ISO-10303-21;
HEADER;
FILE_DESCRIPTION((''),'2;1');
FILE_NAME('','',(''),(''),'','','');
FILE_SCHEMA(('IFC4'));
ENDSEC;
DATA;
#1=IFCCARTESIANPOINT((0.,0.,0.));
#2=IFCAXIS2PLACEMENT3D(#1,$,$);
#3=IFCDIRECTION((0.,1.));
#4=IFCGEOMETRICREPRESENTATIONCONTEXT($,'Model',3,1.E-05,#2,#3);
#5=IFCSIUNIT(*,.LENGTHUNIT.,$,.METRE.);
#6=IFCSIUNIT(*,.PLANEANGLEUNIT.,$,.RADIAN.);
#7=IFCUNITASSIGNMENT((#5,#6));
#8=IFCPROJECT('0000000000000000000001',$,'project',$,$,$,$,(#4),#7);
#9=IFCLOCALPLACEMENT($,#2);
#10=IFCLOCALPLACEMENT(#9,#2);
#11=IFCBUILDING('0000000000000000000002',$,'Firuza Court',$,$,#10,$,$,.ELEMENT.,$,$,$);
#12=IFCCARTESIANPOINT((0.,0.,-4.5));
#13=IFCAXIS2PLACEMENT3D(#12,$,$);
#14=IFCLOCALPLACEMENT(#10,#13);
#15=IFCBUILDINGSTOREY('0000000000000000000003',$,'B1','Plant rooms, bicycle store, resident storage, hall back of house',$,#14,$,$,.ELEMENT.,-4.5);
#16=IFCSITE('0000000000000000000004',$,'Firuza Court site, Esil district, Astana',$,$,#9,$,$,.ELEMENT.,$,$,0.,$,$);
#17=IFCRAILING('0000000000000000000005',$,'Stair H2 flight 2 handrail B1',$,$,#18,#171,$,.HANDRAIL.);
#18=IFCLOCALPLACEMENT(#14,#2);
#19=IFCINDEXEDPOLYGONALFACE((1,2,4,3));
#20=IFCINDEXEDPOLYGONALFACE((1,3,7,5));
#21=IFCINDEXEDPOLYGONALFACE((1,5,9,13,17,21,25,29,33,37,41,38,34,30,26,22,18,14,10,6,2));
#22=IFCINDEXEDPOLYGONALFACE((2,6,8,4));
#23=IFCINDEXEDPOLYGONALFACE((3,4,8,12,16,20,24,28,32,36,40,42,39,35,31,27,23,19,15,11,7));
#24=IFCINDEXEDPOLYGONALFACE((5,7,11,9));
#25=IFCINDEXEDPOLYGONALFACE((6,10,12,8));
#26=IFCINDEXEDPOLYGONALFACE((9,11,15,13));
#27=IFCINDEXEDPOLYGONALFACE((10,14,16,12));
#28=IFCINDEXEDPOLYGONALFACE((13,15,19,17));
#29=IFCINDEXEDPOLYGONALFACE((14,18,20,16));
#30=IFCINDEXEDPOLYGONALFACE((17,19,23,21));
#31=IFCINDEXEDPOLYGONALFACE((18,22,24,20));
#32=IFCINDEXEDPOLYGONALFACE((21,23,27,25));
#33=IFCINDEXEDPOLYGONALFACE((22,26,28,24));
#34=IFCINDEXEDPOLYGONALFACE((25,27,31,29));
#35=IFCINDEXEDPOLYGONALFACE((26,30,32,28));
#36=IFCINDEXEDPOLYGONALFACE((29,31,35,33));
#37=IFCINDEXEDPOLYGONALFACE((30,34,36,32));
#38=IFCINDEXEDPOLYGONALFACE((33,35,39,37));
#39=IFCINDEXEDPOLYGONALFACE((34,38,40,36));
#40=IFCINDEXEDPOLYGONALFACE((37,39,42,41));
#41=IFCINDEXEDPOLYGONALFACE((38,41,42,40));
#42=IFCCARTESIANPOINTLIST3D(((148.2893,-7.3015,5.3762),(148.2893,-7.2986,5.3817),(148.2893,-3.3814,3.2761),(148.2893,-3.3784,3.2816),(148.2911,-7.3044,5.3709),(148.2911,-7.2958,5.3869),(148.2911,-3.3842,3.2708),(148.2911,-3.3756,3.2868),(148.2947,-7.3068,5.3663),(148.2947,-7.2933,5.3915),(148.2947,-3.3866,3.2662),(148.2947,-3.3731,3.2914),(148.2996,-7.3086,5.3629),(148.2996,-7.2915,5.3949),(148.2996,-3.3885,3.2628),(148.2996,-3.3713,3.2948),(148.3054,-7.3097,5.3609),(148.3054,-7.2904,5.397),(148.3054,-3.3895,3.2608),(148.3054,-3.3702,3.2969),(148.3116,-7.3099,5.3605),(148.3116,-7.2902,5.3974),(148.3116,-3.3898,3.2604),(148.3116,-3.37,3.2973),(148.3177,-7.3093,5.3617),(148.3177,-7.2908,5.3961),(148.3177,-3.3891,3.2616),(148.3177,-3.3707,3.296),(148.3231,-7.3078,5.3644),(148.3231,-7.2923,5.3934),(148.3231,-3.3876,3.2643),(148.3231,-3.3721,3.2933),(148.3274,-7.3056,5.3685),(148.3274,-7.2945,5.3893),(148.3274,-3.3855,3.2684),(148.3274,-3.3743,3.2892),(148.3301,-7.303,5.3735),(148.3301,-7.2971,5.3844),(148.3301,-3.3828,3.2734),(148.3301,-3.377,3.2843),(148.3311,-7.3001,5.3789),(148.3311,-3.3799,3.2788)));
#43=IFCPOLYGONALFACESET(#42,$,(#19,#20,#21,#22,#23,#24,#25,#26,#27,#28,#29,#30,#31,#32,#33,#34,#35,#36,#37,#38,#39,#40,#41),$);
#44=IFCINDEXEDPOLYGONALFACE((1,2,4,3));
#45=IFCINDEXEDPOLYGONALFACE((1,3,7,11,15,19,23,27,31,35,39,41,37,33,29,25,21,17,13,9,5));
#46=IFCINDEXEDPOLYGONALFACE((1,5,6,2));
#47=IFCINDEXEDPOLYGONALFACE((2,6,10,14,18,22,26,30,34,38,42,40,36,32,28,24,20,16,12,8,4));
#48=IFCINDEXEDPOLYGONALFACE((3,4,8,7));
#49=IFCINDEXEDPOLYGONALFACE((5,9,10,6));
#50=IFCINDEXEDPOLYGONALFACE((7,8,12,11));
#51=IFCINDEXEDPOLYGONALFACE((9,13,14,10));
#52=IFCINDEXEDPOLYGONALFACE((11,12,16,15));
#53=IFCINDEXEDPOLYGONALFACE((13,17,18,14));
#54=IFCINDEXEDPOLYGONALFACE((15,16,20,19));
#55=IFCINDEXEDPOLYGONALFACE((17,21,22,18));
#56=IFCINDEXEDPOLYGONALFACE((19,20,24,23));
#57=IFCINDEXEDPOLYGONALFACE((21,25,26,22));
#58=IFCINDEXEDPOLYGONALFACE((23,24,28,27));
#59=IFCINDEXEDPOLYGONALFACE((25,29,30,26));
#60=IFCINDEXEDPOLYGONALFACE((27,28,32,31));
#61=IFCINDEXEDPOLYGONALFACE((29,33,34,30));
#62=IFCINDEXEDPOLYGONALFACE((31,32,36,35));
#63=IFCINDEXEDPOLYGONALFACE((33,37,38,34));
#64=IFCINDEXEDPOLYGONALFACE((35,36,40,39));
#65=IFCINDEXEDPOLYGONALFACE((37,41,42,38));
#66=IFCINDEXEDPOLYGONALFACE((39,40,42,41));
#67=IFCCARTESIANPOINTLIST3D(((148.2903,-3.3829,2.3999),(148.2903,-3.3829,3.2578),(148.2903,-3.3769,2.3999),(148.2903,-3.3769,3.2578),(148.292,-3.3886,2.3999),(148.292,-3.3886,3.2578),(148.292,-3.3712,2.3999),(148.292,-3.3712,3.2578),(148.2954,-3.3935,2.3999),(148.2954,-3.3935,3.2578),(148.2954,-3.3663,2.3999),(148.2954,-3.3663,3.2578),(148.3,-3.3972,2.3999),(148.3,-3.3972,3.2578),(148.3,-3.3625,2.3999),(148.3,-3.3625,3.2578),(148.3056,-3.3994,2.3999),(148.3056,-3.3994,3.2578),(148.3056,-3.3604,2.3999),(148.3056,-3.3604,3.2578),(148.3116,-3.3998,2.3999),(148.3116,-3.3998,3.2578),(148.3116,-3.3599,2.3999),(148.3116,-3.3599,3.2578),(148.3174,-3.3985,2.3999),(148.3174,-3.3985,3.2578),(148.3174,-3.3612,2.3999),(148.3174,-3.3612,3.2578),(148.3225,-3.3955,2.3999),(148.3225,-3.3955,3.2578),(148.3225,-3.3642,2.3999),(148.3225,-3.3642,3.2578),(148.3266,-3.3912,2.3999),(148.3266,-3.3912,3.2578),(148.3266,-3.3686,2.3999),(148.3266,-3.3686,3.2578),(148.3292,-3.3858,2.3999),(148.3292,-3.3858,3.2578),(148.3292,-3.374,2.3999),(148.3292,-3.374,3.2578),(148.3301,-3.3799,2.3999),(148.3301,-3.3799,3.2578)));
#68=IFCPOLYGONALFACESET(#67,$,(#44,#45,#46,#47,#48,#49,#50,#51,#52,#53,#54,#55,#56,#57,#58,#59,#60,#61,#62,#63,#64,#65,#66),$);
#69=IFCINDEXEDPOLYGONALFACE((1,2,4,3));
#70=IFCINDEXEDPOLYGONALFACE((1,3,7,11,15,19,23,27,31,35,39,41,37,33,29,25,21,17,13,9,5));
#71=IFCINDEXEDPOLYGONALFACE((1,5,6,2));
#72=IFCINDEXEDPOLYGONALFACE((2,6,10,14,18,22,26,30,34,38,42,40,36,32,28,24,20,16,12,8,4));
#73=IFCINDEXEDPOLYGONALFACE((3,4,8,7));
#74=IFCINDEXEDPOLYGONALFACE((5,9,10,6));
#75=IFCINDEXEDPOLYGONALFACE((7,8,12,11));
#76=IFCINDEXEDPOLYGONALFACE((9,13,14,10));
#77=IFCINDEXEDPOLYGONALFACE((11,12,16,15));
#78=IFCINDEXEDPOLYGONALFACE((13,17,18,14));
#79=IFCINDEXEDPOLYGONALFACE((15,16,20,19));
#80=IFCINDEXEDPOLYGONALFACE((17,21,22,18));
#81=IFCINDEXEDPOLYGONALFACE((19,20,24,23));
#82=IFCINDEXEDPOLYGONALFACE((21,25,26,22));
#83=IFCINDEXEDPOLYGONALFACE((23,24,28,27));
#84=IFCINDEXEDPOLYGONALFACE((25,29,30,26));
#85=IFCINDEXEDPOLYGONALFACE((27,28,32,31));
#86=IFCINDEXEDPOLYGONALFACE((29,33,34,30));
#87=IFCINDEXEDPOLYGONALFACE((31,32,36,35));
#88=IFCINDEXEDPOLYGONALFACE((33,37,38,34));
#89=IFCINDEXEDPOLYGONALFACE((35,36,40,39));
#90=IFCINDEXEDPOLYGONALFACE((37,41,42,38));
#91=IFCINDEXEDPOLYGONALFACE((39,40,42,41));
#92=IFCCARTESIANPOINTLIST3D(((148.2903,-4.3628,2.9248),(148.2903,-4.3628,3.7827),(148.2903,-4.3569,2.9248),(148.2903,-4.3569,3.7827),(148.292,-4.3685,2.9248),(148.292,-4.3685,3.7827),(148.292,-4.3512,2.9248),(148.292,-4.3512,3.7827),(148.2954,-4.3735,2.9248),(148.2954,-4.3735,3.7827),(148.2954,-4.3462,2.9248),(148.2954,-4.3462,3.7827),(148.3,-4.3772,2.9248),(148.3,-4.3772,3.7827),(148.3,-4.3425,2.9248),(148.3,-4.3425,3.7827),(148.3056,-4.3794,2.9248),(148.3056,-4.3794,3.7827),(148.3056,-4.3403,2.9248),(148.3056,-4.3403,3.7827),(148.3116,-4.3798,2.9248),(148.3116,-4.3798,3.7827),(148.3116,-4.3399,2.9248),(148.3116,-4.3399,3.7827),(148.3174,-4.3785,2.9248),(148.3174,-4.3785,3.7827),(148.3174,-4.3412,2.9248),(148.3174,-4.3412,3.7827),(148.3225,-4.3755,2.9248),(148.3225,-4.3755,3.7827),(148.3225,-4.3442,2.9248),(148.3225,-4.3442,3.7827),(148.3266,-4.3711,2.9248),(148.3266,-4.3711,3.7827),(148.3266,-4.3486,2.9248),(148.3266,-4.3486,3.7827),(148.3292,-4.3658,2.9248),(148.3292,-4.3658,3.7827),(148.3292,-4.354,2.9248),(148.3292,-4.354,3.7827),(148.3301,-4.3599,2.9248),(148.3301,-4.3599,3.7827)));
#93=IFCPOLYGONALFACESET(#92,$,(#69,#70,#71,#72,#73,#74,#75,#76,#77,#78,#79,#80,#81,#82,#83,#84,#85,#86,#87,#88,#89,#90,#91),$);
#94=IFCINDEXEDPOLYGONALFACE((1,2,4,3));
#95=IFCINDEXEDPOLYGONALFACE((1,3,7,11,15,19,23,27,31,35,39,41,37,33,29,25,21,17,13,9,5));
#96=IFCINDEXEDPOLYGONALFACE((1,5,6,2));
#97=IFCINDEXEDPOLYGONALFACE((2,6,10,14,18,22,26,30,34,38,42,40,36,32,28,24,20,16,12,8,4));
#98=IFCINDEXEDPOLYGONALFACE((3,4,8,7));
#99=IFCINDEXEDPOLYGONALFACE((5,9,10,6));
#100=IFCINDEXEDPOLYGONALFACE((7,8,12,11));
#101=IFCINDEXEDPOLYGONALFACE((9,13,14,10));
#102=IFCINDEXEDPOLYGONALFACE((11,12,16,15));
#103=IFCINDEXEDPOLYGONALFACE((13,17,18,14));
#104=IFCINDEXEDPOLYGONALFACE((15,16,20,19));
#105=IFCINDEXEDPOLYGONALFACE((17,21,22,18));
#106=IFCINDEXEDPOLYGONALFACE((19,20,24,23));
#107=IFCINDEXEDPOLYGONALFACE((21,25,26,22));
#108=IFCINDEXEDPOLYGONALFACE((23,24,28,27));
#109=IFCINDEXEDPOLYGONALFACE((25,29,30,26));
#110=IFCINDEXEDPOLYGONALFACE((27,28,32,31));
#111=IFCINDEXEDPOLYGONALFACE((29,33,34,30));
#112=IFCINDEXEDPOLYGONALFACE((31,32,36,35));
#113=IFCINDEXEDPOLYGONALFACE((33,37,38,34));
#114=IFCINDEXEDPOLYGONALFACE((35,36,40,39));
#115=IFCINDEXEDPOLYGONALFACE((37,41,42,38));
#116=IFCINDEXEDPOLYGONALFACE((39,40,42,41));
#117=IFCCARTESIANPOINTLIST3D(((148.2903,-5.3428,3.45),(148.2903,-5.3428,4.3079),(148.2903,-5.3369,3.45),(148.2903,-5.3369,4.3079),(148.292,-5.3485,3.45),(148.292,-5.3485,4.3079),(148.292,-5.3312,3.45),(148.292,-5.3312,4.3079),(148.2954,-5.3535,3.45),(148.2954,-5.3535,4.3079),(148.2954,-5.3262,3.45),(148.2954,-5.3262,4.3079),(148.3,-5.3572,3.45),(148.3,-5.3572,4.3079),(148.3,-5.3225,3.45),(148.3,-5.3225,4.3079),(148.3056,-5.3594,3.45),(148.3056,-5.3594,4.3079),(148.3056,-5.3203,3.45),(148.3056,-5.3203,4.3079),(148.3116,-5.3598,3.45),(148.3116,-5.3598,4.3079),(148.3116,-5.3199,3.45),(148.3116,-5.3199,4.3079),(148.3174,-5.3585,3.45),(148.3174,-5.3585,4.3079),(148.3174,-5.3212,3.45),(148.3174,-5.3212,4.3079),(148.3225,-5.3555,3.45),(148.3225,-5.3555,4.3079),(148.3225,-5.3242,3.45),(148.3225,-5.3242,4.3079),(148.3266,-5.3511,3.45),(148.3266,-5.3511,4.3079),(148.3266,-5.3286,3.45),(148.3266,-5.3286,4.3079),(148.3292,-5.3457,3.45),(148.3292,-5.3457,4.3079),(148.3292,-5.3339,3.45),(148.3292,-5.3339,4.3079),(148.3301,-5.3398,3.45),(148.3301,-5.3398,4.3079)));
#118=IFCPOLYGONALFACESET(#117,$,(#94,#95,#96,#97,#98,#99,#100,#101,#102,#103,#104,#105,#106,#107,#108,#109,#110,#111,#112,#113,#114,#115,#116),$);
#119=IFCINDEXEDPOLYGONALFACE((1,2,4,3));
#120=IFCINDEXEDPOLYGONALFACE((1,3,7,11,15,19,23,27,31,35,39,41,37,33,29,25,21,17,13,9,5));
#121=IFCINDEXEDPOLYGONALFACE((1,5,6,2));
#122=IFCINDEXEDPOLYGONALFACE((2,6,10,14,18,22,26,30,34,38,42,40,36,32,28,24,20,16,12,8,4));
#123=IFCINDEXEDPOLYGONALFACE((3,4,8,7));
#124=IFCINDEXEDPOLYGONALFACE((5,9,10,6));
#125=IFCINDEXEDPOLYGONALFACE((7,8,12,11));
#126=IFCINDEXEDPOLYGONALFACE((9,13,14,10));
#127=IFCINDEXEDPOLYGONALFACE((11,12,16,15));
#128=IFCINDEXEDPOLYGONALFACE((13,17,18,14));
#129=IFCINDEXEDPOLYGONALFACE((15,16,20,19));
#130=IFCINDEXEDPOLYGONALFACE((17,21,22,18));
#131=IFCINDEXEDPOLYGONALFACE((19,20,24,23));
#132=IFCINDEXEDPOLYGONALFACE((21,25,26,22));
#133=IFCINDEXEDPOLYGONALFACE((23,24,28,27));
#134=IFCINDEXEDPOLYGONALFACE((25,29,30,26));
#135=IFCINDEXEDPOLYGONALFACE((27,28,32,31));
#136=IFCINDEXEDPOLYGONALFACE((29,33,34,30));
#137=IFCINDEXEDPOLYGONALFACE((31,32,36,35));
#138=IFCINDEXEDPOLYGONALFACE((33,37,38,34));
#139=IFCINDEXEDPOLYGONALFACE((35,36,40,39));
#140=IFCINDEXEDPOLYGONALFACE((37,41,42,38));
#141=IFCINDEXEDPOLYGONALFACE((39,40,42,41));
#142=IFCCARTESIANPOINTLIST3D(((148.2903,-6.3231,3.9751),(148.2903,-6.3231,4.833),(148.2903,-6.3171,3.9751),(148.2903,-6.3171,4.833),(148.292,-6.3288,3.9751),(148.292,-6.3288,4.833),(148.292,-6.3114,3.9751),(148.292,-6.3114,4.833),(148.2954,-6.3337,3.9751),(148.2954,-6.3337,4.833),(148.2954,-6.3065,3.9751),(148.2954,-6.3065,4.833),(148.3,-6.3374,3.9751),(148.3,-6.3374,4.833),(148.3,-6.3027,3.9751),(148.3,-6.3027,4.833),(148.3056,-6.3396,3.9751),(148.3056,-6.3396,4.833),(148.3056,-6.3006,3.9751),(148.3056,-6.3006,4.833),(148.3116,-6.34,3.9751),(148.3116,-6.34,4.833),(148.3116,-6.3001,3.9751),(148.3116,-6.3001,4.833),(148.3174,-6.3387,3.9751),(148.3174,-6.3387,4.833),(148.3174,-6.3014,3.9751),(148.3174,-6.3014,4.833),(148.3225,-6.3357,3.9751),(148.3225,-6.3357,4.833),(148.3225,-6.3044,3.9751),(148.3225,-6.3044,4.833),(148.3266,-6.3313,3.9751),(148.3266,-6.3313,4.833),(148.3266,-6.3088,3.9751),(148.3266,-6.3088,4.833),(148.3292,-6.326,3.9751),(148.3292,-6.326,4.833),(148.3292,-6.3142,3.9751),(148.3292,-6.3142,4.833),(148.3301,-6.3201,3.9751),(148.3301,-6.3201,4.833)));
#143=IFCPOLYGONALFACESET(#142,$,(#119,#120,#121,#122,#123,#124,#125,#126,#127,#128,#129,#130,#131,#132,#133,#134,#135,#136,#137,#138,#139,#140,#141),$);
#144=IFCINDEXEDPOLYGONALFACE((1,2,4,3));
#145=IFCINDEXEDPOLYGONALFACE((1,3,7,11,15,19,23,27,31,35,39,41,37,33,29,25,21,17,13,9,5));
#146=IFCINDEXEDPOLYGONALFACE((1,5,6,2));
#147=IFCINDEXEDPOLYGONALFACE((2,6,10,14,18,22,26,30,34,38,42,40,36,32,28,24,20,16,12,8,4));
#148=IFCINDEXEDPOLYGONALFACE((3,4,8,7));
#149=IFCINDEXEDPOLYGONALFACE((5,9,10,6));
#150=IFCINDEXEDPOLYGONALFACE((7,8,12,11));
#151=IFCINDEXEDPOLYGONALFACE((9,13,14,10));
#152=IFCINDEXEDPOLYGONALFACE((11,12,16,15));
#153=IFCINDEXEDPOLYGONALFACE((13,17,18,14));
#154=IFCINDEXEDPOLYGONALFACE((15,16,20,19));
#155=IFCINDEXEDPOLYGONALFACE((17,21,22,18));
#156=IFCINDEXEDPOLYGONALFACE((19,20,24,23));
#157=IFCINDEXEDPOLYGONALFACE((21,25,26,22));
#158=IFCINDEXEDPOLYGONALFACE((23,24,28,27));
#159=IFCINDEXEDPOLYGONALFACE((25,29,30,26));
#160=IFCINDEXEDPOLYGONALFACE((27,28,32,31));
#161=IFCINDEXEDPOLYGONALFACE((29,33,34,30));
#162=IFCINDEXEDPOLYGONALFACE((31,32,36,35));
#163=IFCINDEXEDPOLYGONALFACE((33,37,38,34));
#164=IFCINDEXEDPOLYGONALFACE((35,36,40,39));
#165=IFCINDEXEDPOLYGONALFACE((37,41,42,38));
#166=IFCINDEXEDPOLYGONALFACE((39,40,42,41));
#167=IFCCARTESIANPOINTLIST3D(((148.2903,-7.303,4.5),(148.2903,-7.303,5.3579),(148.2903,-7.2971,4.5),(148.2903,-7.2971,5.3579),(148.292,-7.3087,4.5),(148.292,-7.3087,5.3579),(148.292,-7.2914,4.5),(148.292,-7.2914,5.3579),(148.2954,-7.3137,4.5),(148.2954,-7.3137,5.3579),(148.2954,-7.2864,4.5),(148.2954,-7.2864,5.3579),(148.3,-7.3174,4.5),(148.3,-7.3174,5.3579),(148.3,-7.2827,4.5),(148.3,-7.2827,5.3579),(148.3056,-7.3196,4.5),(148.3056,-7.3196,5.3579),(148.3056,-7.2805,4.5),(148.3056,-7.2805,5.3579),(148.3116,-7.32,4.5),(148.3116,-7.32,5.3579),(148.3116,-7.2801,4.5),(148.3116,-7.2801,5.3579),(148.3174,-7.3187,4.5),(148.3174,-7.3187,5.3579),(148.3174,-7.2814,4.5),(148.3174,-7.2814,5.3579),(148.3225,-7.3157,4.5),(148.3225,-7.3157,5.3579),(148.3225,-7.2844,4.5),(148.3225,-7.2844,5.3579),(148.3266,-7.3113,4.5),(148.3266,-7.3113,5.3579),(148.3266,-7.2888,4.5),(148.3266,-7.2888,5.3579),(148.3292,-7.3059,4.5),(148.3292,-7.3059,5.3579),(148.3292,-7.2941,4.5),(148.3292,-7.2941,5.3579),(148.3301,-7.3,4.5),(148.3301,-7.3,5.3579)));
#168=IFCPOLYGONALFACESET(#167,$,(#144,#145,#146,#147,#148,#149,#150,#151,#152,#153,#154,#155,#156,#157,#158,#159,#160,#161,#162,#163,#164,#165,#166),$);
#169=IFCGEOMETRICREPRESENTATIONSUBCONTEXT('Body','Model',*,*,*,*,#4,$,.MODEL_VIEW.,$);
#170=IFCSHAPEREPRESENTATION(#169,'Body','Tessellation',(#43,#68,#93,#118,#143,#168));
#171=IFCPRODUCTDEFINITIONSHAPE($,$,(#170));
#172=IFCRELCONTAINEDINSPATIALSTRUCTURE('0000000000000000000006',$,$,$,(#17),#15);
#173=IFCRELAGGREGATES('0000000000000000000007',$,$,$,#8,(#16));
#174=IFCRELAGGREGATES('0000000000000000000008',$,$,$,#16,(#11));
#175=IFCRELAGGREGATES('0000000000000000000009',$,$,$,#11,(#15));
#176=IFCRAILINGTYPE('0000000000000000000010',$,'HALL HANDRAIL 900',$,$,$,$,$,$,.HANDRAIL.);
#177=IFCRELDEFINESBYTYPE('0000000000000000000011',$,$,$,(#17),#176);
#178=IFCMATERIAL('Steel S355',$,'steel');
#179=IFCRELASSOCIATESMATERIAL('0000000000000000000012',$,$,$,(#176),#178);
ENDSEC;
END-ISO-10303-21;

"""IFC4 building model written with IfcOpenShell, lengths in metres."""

from ifc_helpers import new_model, si_unit, direction, frame, origin, origin_2d, place, context, subcontext, project, spatial, circle, extrude, material, type_object, element, save


model = new_model("IFC4")

# Units and contexts
model_context = context("Model", 3, precision=1e-05, world=origin(), true_north=direction((0.0, 1.0)))
body_context = subcontext(model_context, "Body", "Model", "MODEL_VIEW")
ifc_project = project(units=[si_unit("LENGTHUNIT", "METRE"), si_unit("PLANEANGLEUNIT", "RADIAN")], contexts=[model_context])

# Site, building, storey
site_placement = place(None, origin())
site = spatial("IfcSite", under=ifc_project, at=site_placement, Name="Firuza Court site, Esil district, Astana", CompositionType="ELEMENT", RefElevation=0.0)
building_placement = place(site_placement, origin())
building = spatial("IfcBuilding", under=site, at=building_placement, Name="Firuza Court", CompositionType="ELEMENT")
storey_placement = place(building_placement, frame((0.0, 0.0, -4.5)))
storey = spatial("IfcBuildingStorey", under=building, at=storey_placement, Name="B1", Description="Plant rooms, bicycle store, resident storage, hall back of house", CompositionType="ELEMENT", Elevation=-4.5)

# Railing
ifc_material_1 = material(Name="Steel S355", Category="steel")
railing_type_1 = type_object("IfcRailingType", Name="HALL HANDRAIL 900", PredefinedType="HANDRAIL", material=ifc_material_1)
railing_1_placement = place(storey_placement, frame((148.3101, -3.3799, 2.3999)))
element("IfcRailing", 1, at=railing_1_placement, inside=storey, type_object=railing_type_1, Name="Stair H2 flight 2 handrail B1", PredefinedType="HANDRAIL", context=body_context, shape_type="SweptSolid", body=[
    extrude(circle(Radius=0.021, at=origin_2d()), frame((0.0, 0.0, 0.8789), z_axis=(0.0, -0.881479, 0.472223), x_axis=(1.0, 0.0, 0.0)), (0.0, 0.0, 1.0), 4.4473),
    extrude(circle(Radius=0.02, at=origin_2d()), origin(), (0.0, 0.0, 1.0), 0.8579),
    extrude(circle(Radius=0.02, at=origin_2d()), frame((0.0, -0.98, 0.5249)), (0.0, 0.0, 1.0), 0.8579),
    extrude(circle(Radius=0.02, at=origin_2d()), frame((0.0, -1.96, 1.05)), (0.0, 0.0, 1.0), 0.8579),
    extrude(circle(Radius=0.02, at=origin_2d()), frame((0.0, -2.9402, 1.5752)), (0.0, 0.0, 1.0), 0.8579),
    extrude(circle(Radius=0.02, at=origin_2d()), frame((0.0, -3.9202, 2.1001)), (0.0, 0.0, 1.0), 0.8579),
])

save(model, "model.ifc")
